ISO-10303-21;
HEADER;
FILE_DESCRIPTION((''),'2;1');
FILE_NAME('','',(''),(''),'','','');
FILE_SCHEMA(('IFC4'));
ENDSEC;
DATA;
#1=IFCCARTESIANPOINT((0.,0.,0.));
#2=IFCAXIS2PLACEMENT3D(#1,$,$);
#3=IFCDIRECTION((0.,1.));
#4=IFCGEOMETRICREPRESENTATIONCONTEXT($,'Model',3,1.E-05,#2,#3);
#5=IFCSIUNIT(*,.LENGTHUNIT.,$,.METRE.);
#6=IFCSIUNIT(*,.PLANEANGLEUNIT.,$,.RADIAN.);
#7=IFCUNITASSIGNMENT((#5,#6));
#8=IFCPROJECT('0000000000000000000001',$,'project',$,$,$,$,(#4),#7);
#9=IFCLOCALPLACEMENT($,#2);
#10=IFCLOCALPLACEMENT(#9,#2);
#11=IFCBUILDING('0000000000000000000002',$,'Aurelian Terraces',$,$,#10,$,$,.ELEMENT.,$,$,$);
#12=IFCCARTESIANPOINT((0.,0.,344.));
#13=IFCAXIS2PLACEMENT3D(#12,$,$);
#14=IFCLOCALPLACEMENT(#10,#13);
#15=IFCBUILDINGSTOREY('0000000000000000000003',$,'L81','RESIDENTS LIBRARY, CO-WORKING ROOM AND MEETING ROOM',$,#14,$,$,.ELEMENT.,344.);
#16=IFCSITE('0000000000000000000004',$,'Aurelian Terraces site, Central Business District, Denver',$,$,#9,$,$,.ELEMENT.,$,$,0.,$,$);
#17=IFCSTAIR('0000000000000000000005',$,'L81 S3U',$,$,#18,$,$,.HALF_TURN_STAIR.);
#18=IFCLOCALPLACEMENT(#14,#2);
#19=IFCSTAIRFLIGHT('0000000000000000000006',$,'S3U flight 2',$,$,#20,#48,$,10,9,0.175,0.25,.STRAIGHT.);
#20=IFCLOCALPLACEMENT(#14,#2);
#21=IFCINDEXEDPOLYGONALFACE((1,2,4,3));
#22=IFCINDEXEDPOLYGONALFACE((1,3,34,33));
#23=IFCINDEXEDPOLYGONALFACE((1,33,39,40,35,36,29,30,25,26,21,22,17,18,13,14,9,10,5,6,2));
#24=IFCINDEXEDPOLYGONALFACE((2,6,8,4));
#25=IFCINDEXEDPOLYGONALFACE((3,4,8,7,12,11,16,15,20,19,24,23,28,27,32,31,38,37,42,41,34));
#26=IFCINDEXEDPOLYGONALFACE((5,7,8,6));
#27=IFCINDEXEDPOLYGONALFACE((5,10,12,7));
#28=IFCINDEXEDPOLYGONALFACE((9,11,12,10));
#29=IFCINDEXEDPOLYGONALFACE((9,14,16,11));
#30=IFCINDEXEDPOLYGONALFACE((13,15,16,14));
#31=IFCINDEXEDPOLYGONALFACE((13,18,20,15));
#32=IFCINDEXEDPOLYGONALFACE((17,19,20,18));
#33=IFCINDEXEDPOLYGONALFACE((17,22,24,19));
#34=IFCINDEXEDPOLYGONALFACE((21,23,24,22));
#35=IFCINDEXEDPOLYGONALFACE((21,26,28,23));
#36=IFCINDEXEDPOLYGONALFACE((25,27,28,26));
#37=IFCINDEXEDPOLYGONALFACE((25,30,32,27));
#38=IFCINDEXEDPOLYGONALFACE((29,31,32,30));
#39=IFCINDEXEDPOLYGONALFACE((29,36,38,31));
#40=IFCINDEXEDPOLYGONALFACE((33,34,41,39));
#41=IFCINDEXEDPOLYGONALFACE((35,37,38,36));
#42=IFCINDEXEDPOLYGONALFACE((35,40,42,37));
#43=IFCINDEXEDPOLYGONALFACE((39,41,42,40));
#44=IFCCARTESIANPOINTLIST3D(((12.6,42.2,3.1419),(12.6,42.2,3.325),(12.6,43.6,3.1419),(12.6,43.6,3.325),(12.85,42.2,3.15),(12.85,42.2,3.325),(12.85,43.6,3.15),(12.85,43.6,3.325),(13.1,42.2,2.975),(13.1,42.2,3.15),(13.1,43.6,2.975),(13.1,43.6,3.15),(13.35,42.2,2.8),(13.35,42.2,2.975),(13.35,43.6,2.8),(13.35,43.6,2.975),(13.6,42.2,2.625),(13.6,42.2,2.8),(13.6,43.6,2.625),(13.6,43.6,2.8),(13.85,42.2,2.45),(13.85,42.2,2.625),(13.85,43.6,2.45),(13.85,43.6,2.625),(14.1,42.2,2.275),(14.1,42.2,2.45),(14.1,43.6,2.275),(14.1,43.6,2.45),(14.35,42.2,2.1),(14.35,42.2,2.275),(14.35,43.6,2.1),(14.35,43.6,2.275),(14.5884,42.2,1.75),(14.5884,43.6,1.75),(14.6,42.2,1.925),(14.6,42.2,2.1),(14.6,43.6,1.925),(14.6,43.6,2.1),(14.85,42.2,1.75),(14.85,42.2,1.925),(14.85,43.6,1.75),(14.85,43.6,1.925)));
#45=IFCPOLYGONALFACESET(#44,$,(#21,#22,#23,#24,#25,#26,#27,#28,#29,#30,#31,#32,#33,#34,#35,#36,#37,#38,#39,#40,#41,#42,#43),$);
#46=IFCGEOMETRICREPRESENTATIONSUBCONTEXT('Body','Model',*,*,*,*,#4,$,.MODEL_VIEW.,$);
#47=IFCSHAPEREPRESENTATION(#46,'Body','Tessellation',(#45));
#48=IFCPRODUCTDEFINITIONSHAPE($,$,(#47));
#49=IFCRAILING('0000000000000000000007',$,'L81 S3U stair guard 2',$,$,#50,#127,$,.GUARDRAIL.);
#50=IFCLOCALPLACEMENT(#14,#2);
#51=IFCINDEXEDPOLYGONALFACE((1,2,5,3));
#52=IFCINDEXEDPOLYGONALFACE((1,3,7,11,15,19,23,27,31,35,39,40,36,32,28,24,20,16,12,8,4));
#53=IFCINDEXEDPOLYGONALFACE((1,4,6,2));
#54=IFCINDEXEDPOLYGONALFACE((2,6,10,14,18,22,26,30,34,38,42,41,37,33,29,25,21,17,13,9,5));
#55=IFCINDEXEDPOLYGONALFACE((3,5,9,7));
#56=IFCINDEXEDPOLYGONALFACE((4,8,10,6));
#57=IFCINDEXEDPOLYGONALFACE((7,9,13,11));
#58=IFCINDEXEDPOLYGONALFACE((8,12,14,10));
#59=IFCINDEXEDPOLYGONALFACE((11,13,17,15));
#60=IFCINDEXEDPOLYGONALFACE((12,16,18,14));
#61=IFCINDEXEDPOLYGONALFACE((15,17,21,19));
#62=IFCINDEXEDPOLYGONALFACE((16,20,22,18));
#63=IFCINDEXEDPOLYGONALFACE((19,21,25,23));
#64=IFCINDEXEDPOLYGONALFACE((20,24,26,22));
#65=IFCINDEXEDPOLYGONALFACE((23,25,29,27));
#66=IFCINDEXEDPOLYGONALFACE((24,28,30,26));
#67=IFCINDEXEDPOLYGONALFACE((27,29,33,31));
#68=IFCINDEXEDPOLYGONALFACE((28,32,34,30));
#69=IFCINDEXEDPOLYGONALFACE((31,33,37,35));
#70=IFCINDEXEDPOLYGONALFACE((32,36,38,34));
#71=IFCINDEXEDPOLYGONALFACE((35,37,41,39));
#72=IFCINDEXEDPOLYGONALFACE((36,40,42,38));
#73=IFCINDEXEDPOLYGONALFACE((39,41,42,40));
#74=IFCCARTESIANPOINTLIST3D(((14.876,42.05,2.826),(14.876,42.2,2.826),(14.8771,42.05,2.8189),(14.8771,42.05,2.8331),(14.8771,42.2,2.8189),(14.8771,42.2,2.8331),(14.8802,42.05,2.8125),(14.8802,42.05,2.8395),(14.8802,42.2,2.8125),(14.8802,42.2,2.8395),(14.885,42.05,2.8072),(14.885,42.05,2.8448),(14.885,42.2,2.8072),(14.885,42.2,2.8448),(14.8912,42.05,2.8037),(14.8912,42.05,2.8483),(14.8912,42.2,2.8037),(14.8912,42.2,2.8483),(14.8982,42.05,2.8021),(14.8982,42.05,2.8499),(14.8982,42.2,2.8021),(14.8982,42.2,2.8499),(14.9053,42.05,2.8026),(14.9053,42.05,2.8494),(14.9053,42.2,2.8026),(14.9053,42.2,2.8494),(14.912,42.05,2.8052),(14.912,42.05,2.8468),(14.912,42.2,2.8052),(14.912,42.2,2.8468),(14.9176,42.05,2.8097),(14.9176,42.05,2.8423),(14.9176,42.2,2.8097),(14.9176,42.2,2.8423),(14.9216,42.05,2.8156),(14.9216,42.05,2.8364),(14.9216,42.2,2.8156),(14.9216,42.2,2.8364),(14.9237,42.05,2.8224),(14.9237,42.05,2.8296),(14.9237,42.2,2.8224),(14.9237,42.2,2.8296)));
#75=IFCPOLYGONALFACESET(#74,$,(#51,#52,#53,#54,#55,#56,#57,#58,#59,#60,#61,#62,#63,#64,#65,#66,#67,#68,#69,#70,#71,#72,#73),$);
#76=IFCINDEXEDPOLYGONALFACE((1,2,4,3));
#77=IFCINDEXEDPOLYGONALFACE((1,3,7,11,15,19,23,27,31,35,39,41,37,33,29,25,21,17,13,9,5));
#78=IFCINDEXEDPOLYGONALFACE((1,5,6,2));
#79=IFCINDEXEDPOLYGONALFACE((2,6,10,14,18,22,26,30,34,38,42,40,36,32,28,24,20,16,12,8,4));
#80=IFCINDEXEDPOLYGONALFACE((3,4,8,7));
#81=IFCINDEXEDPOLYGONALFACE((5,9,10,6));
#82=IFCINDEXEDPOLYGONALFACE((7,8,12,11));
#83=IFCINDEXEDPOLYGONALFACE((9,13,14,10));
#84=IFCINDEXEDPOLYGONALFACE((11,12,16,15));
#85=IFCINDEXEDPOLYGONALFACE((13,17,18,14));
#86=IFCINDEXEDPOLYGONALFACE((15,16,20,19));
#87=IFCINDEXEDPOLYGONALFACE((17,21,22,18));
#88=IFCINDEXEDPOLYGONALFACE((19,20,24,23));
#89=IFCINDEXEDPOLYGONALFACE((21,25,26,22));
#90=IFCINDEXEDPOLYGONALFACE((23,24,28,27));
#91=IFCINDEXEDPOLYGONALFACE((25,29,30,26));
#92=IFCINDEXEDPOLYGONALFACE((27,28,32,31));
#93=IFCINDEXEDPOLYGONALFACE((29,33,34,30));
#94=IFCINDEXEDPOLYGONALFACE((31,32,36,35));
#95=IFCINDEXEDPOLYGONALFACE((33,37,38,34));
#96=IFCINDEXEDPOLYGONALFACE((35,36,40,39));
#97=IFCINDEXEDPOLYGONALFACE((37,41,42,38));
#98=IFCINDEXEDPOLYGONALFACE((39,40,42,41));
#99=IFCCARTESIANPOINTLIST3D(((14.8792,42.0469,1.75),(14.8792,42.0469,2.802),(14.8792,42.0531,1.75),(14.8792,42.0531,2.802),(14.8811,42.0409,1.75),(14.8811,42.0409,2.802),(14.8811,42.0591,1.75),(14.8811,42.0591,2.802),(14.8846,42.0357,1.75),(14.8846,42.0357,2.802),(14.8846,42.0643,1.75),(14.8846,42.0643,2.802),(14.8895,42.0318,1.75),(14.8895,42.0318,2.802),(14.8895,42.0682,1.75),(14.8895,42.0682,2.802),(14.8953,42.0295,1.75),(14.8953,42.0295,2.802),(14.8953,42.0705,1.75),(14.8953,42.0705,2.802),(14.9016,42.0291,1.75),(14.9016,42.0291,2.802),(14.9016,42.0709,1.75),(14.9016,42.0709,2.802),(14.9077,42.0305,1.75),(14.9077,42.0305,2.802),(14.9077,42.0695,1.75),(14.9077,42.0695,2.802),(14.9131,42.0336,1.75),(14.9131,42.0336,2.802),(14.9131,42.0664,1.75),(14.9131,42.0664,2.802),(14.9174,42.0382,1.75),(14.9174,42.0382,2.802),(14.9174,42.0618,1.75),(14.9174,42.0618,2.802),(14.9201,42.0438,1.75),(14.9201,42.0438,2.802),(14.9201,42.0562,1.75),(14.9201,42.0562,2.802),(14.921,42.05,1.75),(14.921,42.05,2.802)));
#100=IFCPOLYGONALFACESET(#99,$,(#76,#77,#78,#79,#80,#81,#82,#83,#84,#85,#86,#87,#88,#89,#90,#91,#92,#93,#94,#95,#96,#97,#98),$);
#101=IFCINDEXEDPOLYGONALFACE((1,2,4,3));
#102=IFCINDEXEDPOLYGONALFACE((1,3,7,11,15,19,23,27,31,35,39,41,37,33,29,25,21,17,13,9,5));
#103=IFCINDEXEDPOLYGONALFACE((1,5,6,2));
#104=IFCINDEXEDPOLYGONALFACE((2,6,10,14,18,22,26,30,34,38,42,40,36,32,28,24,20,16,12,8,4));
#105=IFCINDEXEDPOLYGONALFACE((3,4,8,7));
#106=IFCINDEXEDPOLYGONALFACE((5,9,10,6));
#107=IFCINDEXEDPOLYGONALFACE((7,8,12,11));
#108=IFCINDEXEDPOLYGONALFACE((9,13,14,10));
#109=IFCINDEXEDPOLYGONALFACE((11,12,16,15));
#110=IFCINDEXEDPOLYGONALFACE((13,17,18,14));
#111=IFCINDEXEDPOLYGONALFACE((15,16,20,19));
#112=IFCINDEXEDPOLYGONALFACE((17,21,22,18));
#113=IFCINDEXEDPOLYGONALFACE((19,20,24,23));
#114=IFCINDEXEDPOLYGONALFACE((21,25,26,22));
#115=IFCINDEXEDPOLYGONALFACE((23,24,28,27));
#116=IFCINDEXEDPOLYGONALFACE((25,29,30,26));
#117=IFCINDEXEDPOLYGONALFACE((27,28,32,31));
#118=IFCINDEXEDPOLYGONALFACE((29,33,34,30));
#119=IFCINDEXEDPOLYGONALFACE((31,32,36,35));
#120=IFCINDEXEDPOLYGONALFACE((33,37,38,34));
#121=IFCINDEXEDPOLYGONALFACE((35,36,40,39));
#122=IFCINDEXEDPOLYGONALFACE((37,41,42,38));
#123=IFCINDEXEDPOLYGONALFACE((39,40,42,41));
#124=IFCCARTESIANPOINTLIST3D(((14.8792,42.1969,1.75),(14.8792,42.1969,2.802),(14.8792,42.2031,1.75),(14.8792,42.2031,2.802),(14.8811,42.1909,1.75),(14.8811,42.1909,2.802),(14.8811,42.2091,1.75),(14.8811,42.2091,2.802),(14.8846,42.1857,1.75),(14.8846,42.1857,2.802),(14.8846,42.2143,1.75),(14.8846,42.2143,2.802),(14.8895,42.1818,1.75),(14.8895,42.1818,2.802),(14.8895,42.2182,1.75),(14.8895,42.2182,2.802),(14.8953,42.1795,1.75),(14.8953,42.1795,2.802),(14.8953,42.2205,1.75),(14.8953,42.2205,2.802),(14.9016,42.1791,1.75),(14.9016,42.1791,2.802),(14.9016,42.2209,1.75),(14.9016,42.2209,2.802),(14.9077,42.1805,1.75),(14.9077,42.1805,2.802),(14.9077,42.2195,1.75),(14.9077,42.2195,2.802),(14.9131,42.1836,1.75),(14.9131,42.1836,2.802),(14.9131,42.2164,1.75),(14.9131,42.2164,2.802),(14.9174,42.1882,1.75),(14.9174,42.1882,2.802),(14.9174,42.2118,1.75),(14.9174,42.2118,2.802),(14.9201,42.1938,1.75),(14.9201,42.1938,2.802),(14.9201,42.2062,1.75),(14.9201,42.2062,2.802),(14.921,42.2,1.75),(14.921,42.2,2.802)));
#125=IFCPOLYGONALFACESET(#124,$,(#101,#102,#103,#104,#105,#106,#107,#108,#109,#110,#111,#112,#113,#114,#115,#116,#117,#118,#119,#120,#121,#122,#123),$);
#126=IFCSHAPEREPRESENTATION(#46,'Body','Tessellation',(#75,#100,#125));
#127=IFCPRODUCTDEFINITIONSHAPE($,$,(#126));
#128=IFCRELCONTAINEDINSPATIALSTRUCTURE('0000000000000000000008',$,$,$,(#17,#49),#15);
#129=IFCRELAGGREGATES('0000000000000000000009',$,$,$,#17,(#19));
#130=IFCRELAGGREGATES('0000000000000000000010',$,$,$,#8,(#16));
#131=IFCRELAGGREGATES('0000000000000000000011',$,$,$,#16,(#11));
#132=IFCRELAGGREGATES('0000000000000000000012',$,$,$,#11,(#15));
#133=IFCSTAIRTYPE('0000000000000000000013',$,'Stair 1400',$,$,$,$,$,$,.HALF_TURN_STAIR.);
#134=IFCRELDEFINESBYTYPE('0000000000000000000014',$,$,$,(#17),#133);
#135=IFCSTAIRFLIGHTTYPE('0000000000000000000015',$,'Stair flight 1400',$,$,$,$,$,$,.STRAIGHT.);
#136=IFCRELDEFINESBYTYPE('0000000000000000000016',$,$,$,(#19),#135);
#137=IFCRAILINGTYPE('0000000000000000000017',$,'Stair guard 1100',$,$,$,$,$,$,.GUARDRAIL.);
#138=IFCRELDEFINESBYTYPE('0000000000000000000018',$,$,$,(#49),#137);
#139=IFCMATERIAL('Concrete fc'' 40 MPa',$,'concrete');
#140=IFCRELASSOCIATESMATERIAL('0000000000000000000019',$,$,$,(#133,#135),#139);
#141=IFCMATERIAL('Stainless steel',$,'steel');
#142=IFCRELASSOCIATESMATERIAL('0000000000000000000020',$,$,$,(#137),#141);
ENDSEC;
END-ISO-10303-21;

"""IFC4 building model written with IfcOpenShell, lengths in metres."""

from ifc_helpers import new_model, si_unit, direction, frame, origin, origin_2d, place, context, subcontext, project, spatial, polyline, circle, outline, extrude, source, transform, mapped, material, type_object, element, aggregate, save


model = new_model("IFC4")

# Units and contexts
model_context = context("Model", 3, precision=1e-05, world=origin(), true_north=direction((0.0, 1.0)))
body_context = subcontext(model_context, "Body", "Model", "MODEL_VIEW")
ifc_project = project(units=[si_unit("LENGTHUNIT", "METRE"), si_unit("PLANEANGLEUNIT", "RADIAN")], contexts=[model_context])

# Site, building, storey
site_placement = place(None, origin())
site = spatial("IfcSite", under=ifc_project, at=site_placement, Name="Aurelian Terraces site, Central Business District, Denver", CompositionType="ELEMENT", RefElevation=0.0)
building_placement = place(site_placement, origin())
building = spatial("IfcBuilding", under=site, at=building_placement, Name="Aurelian Terraces", CompositionType="ELEMENT")
storey_placement = place(building_placement, frame((0.0, 0.0, 344.0)))
storey = spatial("IfcBuildingStorey", under=building, at=storey_placement, Name="L81", Description="RESIDENTS LIBRARY, CO-WORKING ROOM AND MEETING ROOM", CompositionType="ELEMENT", Elevation=344.0)

# Shared definitions
ifc_material_1 = material(Name="Concrete fc' 40 MPa", Category="concrete")

# Stair, stair flight
stair_type = type_object("IfcStairType", Name="Stair 1400", PredefinedType="HALF_TURN_STAIR", material=ifc_material_1)
stair_placement = place(storey_placement, origin())
stair = element("IfcStair", 1, at=stair_placement, inside=storey, type_object=stair_type, Name="L81 S3U", PredefinedType="HALF_TURN_STAIR")
stair_flight_type = type_object("IfcStairFlightType", Name="Stair flight 1400", PredefinedType="STRAIGHT", material=ifc_material_1)
shared_shape_1 = source(origin(), body_context, "Body", "SweptSolid", [
    extrude(outline(polyline([(0.0, 0.0), (0.0, 0.175), (0.25, 0.175), (0.25, 0.35), (0.5, 0.35), (0.5, 0.525), (0.75, 0.525), (0.75, 0.7), (1.0, 0.7), (1.0, 0.875), (1.25, 0.875), (1.25, 1.05), (1.5, 1.05), (1.5, 1.225), (1.75, 1.225), (1.75, 1.4), (2.0, 1.4), (2.0, 1.575), (2.25, 1.575), (2.25, 1.75), (2.25, 1.3919), (0.2616, 0.0), (0.0, 0.0)])), frame((0.0, 0.7, 0.0), z_axis=(0.0, -1.0, 0.0), x_axis=(1.0, 0.0, 0.0)), (0.0, 0.0, 1.0), 1.4),
])
stair_flight_placement = place(storey_placement, frame((14.85, 42.9, 1.75), z_axis=(0.0, 0.0, 1.0), x_axis=(-1.0, 0.0, 0.0)))
stair_flight = element("IfcStairFlight", 2, at=stair_flight_placement, type_object=stair_flight_type, Name="S3U flight 2", NumberOfRisers=10, NumberOfTreads=9, PredefinedType="STRAIGHT", RiserHeight=0.175, TreadLength=0.25, context=body_context, shape_type="MappedRepresentation", body=[
    mapped(shared_shape_1, transform((0.0, 0.0, 0.0), scale=1.0)),
])
aggregate(stair, [stair_flight])

# Railing
ifc_material_2 = material(Name="Stainless steel", Category="steel")
railing_type_1 = type_object("IfcRailingType", Name="Stair guard 1100", PredefinedType="GUARDRAIL", material=ifc_material_2)
shared_shape_2 = source(origin(), body_context, "Body", "SweptSolid", [
    extrude(circle(Radius=0.024, at=origin_2d()), frame((0.0, 0.0, 1.076), z_axis=(0.0, 1.0, 0.0), x_axis=(-1.0, 0.0, 0.0)), (0.0, 0.0, 1.0), 0.15),
    extrude(circle(Radius=0.021, at=origin_2d()), origin(), (0.0, 0.0, 1.0), 1.052),
    extrude(circle(Radius=0.021, at=origin_2d()), frame((0.0, 0.15, 0.0)), (0.0, 0.0, 1.0), 1.052),
])
railing_1_placement = place(storey_placement, frame((14.9, 42.05, 1.75)))
element("IfcRailing", 3, at=railing_1_placement, inside=storey, type_object=railing_type_1, Name="L81 S3U stair guard 2", PredefinedType="GUARDRAIL", context=body_context, shape_type="MappedRepresentation", body=[
    mapped(shared_shape_2, transform((0.0, 0.0, 0.0), scale=1.0)),
])

save(model, "model.ifc")
